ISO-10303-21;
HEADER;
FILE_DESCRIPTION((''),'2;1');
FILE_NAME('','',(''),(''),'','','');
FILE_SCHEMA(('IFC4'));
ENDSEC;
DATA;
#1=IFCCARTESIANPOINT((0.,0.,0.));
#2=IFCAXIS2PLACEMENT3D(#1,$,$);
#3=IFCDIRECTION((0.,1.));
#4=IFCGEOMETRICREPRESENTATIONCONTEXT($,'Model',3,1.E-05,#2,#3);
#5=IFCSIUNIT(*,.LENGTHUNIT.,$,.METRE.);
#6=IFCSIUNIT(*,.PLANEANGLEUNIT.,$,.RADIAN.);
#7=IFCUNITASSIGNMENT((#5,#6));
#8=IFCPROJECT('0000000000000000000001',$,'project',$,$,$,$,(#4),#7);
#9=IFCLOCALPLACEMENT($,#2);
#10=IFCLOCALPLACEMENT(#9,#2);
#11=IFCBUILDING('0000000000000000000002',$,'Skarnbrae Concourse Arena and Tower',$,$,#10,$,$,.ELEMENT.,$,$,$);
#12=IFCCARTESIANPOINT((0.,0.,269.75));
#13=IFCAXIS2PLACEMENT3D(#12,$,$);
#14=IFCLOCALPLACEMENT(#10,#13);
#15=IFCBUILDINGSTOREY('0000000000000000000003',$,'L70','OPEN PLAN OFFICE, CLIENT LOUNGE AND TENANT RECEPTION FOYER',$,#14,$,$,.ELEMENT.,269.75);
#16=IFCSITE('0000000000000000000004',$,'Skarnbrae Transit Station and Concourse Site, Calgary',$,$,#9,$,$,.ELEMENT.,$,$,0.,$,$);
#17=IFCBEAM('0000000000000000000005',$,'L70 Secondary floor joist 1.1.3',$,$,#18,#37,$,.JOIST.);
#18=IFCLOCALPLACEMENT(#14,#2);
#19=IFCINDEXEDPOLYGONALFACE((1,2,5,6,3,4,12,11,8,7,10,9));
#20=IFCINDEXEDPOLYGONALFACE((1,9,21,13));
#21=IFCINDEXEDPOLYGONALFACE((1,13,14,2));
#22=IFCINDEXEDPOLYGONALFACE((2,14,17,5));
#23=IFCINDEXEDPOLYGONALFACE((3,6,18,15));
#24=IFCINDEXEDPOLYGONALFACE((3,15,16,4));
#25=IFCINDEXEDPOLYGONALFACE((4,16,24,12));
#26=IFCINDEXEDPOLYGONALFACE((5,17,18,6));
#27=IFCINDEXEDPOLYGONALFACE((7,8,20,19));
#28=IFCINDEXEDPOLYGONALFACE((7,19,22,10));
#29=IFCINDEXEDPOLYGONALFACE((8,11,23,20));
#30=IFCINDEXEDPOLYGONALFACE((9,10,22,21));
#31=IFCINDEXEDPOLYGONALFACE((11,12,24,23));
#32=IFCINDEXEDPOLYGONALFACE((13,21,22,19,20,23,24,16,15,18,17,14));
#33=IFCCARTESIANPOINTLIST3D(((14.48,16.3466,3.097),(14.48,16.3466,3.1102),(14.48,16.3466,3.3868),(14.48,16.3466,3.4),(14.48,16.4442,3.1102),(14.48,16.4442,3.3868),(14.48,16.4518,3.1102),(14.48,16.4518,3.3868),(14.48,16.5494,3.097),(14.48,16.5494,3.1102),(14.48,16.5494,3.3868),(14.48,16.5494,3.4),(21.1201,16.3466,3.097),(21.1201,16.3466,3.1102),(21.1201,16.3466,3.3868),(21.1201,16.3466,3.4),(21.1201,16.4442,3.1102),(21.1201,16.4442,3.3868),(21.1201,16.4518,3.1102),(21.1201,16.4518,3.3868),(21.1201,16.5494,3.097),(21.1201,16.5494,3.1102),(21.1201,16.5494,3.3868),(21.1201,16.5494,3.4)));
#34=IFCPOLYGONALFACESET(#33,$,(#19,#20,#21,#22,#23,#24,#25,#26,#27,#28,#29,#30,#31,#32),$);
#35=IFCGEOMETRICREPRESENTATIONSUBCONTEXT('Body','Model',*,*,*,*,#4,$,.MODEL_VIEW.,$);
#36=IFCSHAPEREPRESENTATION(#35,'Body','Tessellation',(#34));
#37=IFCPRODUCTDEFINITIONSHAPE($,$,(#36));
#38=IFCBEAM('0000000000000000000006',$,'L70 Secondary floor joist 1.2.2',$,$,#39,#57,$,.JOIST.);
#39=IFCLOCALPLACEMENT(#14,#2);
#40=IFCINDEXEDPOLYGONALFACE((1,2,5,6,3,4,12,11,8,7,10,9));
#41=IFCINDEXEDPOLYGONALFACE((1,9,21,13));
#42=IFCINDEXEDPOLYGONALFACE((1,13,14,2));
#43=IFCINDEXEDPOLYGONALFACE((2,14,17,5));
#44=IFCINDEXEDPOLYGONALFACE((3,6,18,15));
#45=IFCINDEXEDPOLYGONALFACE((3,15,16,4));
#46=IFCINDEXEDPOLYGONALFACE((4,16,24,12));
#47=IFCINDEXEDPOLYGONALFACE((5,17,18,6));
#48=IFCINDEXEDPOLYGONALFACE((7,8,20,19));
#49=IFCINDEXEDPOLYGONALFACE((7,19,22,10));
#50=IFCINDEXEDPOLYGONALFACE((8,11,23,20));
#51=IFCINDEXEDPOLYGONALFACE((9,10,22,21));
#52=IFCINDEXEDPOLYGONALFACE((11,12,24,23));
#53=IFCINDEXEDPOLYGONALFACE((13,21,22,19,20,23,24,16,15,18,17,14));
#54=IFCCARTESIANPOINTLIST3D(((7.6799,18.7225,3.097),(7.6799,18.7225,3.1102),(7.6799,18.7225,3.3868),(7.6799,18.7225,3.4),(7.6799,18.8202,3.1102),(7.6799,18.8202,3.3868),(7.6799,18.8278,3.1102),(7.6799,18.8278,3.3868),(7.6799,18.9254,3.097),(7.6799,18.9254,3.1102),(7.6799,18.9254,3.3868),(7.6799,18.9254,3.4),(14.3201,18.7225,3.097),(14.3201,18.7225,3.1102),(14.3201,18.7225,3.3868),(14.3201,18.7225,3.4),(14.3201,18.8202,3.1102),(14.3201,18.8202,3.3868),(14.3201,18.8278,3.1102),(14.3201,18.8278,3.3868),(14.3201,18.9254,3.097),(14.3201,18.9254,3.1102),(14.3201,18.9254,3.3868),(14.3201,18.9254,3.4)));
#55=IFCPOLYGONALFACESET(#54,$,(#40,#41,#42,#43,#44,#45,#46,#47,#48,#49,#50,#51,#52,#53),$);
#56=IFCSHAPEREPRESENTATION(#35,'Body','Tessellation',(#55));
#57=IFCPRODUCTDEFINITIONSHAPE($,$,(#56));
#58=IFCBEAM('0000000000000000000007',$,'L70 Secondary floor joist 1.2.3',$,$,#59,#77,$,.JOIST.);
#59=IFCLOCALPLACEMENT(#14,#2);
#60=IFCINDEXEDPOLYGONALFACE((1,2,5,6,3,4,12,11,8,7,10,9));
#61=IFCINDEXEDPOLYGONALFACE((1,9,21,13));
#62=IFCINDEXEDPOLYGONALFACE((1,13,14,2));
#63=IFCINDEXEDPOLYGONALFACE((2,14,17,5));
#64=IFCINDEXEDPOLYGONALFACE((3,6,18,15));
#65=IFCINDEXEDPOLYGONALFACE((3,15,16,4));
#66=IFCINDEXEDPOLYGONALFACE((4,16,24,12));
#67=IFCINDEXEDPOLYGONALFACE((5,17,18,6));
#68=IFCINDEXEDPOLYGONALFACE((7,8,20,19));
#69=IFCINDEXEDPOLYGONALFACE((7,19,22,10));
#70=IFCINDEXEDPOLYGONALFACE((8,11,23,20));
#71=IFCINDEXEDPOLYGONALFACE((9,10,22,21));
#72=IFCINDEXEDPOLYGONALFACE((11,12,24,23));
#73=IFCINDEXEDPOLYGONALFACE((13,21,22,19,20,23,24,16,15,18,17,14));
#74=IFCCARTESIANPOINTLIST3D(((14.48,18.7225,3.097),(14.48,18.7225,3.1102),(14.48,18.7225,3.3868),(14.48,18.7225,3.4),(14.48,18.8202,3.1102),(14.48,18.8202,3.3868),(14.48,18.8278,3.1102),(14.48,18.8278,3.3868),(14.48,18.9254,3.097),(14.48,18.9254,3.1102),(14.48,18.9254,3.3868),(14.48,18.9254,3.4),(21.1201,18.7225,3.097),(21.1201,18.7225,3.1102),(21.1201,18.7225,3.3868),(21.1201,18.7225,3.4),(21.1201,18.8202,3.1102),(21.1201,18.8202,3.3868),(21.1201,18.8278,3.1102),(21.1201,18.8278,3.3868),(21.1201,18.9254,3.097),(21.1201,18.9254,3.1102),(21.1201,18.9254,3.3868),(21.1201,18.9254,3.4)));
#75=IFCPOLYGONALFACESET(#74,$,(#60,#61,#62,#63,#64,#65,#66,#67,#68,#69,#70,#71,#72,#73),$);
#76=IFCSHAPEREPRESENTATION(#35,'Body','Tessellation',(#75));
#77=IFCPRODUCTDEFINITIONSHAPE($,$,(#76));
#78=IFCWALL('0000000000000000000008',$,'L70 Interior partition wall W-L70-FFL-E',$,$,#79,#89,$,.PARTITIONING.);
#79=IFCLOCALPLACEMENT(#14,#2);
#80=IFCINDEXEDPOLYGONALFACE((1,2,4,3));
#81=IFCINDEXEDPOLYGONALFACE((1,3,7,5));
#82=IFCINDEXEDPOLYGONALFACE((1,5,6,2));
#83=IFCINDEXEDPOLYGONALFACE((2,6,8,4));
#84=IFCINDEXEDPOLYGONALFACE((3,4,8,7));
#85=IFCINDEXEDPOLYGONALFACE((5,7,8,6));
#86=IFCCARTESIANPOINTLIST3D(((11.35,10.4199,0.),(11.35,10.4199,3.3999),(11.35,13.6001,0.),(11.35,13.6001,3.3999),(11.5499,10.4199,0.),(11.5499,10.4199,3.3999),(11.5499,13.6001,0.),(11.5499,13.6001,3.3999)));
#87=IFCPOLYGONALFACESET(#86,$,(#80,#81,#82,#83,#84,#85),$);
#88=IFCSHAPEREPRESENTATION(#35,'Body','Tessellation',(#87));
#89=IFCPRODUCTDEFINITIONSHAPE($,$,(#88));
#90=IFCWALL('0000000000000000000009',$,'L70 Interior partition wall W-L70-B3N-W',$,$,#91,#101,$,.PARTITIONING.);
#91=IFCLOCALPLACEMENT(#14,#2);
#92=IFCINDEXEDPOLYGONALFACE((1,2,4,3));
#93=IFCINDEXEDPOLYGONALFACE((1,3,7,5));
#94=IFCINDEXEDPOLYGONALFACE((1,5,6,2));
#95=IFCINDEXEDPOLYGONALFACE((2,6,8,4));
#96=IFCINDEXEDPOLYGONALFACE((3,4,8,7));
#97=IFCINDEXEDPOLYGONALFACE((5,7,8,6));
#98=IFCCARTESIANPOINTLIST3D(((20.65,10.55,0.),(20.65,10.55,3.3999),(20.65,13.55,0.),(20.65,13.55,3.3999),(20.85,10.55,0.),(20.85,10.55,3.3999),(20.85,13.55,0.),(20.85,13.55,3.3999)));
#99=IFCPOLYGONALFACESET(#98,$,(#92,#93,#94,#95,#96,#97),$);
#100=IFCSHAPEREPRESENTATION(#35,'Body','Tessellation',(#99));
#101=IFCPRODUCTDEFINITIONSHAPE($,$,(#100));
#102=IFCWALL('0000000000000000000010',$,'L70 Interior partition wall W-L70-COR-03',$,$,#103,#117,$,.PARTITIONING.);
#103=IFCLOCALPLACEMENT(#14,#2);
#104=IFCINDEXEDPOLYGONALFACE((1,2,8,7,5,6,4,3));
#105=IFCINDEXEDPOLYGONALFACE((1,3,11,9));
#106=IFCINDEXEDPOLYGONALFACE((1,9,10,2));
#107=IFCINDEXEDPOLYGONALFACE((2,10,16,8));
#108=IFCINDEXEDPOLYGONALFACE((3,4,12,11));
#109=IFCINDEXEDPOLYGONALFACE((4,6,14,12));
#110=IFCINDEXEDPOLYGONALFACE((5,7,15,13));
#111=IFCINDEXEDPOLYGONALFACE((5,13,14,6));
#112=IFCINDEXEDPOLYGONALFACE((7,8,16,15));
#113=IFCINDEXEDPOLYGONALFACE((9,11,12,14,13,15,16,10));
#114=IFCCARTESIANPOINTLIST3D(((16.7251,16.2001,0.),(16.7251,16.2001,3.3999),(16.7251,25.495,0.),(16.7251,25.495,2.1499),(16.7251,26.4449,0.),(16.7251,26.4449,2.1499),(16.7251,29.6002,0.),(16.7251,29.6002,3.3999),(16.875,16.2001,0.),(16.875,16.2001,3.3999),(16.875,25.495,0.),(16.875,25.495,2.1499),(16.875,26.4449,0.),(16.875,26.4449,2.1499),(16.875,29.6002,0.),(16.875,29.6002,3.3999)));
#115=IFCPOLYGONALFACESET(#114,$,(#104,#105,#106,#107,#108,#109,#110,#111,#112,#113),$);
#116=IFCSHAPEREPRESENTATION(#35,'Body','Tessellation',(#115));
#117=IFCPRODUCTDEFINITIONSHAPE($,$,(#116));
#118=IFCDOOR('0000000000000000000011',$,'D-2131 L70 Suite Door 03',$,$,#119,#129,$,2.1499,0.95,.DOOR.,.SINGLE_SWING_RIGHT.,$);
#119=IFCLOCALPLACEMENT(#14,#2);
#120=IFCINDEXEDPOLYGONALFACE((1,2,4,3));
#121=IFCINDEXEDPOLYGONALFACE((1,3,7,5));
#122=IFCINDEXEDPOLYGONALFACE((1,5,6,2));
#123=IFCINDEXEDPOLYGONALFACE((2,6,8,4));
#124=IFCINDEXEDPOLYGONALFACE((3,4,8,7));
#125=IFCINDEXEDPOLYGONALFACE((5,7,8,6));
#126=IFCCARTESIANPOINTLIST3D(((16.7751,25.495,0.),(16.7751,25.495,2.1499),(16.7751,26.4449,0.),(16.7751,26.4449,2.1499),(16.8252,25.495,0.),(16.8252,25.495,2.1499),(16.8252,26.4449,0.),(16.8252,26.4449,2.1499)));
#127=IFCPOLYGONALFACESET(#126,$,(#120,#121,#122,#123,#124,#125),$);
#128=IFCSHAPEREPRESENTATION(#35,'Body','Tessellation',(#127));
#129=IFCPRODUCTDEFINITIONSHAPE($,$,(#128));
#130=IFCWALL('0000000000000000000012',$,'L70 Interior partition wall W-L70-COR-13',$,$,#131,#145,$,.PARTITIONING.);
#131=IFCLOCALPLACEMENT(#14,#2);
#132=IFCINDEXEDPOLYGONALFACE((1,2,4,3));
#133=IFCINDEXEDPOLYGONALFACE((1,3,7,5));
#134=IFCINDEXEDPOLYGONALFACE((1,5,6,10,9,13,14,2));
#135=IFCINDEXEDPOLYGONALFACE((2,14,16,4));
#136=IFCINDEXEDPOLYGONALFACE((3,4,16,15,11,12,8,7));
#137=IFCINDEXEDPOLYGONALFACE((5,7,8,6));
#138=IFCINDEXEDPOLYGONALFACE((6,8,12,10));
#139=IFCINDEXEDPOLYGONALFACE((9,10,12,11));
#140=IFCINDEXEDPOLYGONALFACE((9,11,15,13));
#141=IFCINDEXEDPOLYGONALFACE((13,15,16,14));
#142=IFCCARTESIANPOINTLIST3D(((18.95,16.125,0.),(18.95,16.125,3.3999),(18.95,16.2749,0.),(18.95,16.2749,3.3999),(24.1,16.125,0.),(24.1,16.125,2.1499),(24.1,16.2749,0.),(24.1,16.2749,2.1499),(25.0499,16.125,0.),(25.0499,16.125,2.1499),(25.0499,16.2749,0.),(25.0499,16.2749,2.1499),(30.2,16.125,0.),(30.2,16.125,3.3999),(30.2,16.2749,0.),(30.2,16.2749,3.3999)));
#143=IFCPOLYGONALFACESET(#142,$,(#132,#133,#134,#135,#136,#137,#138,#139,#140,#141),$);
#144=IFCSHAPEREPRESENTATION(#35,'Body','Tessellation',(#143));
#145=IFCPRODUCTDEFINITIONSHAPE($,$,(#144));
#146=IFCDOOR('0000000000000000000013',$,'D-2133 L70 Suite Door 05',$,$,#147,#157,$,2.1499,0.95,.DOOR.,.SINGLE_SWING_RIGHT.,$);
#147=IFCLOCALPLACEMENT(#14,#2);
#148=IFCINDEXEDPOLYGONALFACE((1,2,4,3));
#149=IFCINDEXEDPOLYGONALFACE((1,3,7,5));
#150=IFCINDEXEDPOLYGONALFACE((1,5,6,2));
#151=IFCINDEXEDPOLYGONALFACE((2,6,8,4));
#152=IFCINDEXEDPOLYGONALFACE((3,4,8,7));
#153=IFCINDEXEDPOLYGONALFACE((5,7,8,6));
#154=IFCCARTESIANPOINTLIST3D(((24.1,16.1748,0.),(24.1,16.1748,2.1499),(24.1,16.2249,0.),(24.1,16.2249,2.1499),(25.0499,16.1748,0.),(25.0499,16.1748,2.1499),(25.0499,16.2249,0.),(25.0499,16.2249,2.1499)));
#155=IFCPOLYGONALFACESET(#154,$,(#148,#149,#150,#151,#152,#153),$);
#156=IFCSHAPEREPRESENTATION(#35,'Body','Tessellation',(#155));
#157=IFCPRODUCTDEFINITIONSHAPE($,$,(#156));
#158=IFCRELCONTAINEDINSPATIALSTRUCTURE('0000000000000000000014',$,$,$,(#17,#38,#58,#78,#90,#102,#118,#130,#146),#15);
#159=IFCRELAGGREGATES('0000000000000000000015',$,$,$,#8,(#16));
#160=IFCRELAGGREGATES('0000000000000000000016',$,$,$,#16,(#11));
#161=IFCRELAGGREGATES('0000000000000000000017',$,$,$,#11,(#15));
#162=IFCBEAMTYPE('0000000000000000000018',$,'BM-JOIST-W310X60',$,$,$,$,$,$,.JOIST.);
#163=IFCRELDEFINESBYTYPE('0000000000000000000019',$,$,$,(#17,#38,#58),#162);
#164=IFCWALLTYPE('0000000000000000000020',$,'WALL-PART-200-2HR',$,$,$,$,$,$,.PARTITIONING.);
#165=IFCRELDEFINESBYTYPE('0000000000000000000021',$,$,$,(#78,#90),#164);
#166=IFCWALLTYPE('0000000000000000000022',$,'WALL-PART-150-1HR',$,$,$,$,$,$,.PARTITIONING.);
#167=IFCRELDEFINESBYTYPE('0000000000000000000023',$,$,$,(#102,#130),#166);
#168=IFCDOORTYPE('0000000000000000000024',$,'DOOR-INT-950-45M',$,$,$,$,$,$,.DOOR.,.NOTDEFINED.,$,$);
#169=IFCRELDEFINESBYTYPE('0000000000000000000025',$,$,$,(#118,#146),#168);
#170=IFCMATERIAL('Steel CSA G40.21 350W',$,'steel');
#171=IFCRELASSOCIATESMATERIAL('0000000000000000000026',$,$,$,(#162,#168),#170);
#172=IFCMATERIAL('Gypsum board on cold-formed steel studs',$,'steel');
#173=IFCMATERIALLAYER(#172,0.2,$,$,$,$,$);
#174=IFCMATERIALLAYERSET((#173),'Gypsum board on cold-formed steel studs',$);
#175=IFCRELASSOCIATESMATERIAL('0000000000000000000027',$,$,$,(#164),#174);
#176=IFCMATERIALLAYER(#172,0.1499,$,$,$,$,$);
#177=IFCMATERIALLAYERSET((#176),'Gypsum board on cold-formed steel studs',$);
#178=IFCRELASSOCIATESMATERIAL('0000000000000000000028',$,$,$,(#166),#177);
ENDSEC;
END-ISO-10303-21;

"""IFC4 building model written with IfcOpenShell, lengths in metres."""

from ifc_helpers import new_model, si_unit, direction, frame, frame_2d, origin, origin_2d, place, context, subcontext, project, spatial, rectangle, i_section, extrude, source, transform, mapped, material, layer, layer_set, material_profile, profile_set, type_object, element, fill, save


model = new_model("IFC4")

# Units and contexts
model_context = context("Model", 3, precision=1e-05, world=origin(), true_north=direction((0.0, 1.0)))
body_context = subcontext(model_context, "Body", "Model", "MODEL_VIEW")
ifc_project = project(units=[si_unit("LENGTHUNIT", "METRE"), si_unit("PLANEANGLEUNIT", "RADIAN")], contexts=[model_context])

# Site, building, storey
site_placement = place(None, origin())
site = spatial("IfcSite", under=ifc_project, at=site_placement, Name="Skarnbrae Transit Station and Concourse Site, Calgary", CompositionType="ELEMENT", RefElevation=0.0)
building_placement = place(site_placement, origin())
building = spatial("IfcBuilding", under=site, at=building_placement, Name="Skarnbrae Concourse Arena and Tower", CompositionType="ELEMENT")
storey_placement = place(building_placement, frame((0.0, 0.0, 269.75)))
storey = spatial("IfcBuildingStorey", under=building, at=storey_placement, Name="L70", Description="OPEN PLAN OFFICE, CLIENT LOUNGE AND TENANT RECEPTION FOYER", CompositionType="ELEMENT", Elevation=269.75)

# Shared definitions
ifc_material_1 = material(Name="Steel CSA G40.21 350W", Category="steel")

# Beams
ifc_material_profile_1 = material_profile(ifc_material_1, i_section(OverallWidth=0.2029, OverallDepth=0.303, WebThickness=0.0076, FlangeThickness=0.0132, at=origin_2d()), Name="W310X60")
ifc_profile_set_1 = profile_set([ifc_material_profile_1], Name="Steel CSA G40.21 350W")
beam_type_1 = type_object("IfcBeamType", Name="BM-JOIST-W310X60", PredefinedType="JOIST", material=ifc_profile_set_1)
shared_shape_1 = source(origin(), body_context, "Body", "SweptSolid", [
    extrude(i_section(OverallWidth=0.2029, OverallDepth=0.303, WebThickness=0.0076, FlangeThickness=0.0132, at=origin_2d()), origin(), (0.0, 0.0, 1.0), 6.6401),
])
for number, where, z_axis, x_axis, name in (
    (1, (14.48, 16.448, 3.2485), (1.0, 0.0, 0.0), (0.0, 1.0, 0.0), "L70 Secondary floor joist 1.1.3"),
    (2, (7.6799, 18.824, 3.2485), (1.0, 0.0, 0.0), (0.0, 1.0, 0.0), "L70 Secondary floor joist 1.2.2"),
    (3, (14.48, 18.824, 3.2485), (1.0, 0.0, 0.0), (0.0, 1.0, 0.0), "L70 Secondary floor joist 1.2.3"),
):
    element("IfcBeam", number, at=place(storey_placement, frame(where, z_axis=z_axis, x_axis=x_axis)), inside=storey, type_object=beam_type_1, Name=name, PredefinedType="JOIST", context=body_context, shape_type="MappedRepresentation", body=[
        mapped(shared_shape_1, transform((0.0, 0.0, 0.0))),
    ])

# Wall
ifc_material_2 = material(Name="Gypsum board on cold-formed steel studs", Category="steel")
ifc_layer_1 = layer(ifc_material_2, 0.2)
ifc_layer_set_1 = layer_set([ifc_layer_1], Name="Gypsum board on cold-formed steel studs")
wall_type_1 = type_object("IfcWallType", Name="WALL-PART-200-2HR", PredefinedType="PARTITIONING", material=ifc_layer_set_1)
shared_shape_2 = source(origin(), body_context, "Body", "SweptSolid", [
    extrude(rectangle(XDim=3.1802, YDim=0.2, at=frame_2d((1.5901, 0.0))), origin(), (0.0, 0.0, 1.0), 3.3999),
])
wall_1_placement = place(storey_placement, frame((11.45, 10.4199, 0.0), z_axis=(0.0, 0.0, 1.0), x_axis=(0.0, 1.0, 0.0)))
element("IfcWall", 4, at=wall_1_placement, inside=storey, type_object=wall_type_1, Name="L70 Interior partition wall W-L70-FFL-E", PredefinedType="PARTITIONING", context=body_context, shape_type="MappedRepresentation", body=[
    mapped(shared_shape_2, transform((0.0, 0.0, 0.0))),
])

# Wall
shared_shape_3 = source(origin(), body_context, "Body", "SweptSolid", [
    extrude(rectangle(XDim=3.0, YDim=0.2, at=frame_2d((1.5, 0.0))), origin(), (0.0, 0.0, 1.0), 3.3999),
])
wall_2_placement = place(storey_placement, frame((20.75, 10.55, 0.0), z_axis=(0.0, 0.0, 1.0), x_axis=(0.0, 1.0, 0.0)))
element("IfcWall", 5, at=wall_2_placement, inside=storey, type_object=wall_type_1, Name="L70 Interior partition wall W-L70-B3N-W", PredefinedType="PARTITIONING", context=body_context, shape_type="MappedRepresentation", body=[
    mapped(shared_shape_3, transform((0.0, 0.0, 0.0))),
])

# Walls, openings, doors
ifc_layer_2 = layer(ifc_material_2, 0.1499)
ifc_layer_set_2 = layer_set([ifc_layer_2], Name="Gypsum board on cold-formed steel studs")
wall_type_2 = type_object("IfcWallType", Name="WALL-PART-150-1HR", PredefinedType="PARTITIONING", material=ifc_layer_set_2)
shared_shape_4 = source(origin(), body_context, "Body", "SweptSolid", [
    extrude(rectangle(XDim=13.4001, YDim=0.1499, at=frame_2d((6.7002, 0.0))), origin(), (0.0, 0.0, 1.0), 3.3999),
])
wall_3_placement = place(storey_placement, frame((16.8, 16.2, 0.0), z_axis=(0.0, 0.0, 1.0), x_axis=(0.0, 1.0, 0.0)))
wall_3 = element("IfcWall", 6, at=wall_3_placement, inside=storey, type_object=wall_type_2, Name="L70 Interior partition wall W-L70-COR-03", PredefinedType="PARTITIONING", context=body_context, shape_type="MappedRepresentation", body=[
    mapped(shared_shape_4, transform((0.0, 0.0, 0.0))),
])
opening_1_placement = place(wall_3_placement, frame((9.2949, 0.0, 0.0)))
opening_1 = element("IfcOpeningElement", 7, at=opening_1_placement, cuts=wall_3, PredefinedType="OPENING", context=body_context, shape_type="SweptSolid", body=[
    extrude(rectangle(XDim=0.95, YDim=2.1499, at=frame_2d((0.4751, 1.075))), frame((0.0, 0.085, 0.0), z_axis=(0.0, -1.0, 0.0), x_axis=(1.0, 0.0, 0.0)), (0.0, 0.0, 1.0), 0.1699),
])
door_type_1 = type_object("IfcDoorType", Name="DOOR-INT-950-45M", OperationType="NOTDEFINED", PredefinedType="DOOR", material=ifc_material_1)
shared_shape_5 = source(origin(), body_context, "Body", "SweptSolid", [
    extrude(rectangle(XDim=0.95, YDim=2.1499, at=frame_2d((0.4751, 1.075))), frame((0.0, 0.0249, 0.0), z_axis=(0.0, -1.0, 0.0), x_axis=(1.0, 0.0, 0.0)), (0.0, 0.0, 1.0), 0.05),
])
door_1_placement = place(opening_1_placement, origin())
door_1 = element("IfcDoor", 8, at=door_1_placement, inside=storey, type_object=door_type_1, Name="D-2131 L70 Suite Door 03", OperationType="SINGLE_SWING_RIGHT", OverallHeight=2.1499, OverallWidth=0.95, PredefinedType="DOOR", context=body_context, shape_type="MappedRepresentation", body=[
    mapped(shared_shape_5, transform((0.0, 0.0, 0.0))),
])
fill(opening_1, door_1)
shared_shape_6 = source(origin(), body_context, "Body", "SweptSolid", [
    extrude(rectangle(XDim=11.25, YDim=0.1499, at=frame_2d((5.625, 0.0))), origin(), (0.0, 0.0, 1.0), 3.3999),
])
wall_4_placement = place(storey_placement, frame((18.95, 16.2, 0.0), z_axis=(0.0, 0.0, 1.0), x_axis=(1.0, 0.0, 0.0)))
wall_4 = element("IfcWall", 9, at=wall_4_placement, inside=storey, type_object=wall_type_2, Name="L70 Interior partition wall W-L70-COR-13", PredefinedType="PARTITIONING", context=body_context, shape_type="MappedRepresentation", body=[
    mapped(shared_shape_6, transform((0.0, 0.0, 0.0))),
])
opening_2_placement = place(wall_4_placement, frame((5.1499, 0.0, 0.0)))
opening_2 = element("IfcOpeningElement", 10, at=opening_2_placement, cuts=wall_4, PredefinedType="OPENING", context=body_context, shape_type="SweptSolid", body=[
    extrude(rectangle(XDim=0.95, YDim=2.1499, at=frame_2d((0.4751, 1.075))), frame((0.0, 0.085, 0.0), z_axis=(0.0, -1.0, 0.0), x_axis=(1.0, 0.0, 0.0)), (0.0, 0.0, 1.0), 0.1699),
])
door_2_placement = place(opening_2_placement, origin())
door_2 = element("IfcDoor", 11, at=door_2_placement, inside=storey, type_object=door_type_1, Name="D-2133 L70 Suite Door 05", OperationType="SINGLE_SWING_RIGHT", OverallHeight=2.1499, OverallWidth=0.95, PredefinedType="DOOR", context=body_context, shape_type="MappedRepresentation", body=[
    mapped(shared_shape_5, transform((0.0, 0.0, 0.0))),
])
fill(opening_2, door_2)

save(model, "model.ifc")
